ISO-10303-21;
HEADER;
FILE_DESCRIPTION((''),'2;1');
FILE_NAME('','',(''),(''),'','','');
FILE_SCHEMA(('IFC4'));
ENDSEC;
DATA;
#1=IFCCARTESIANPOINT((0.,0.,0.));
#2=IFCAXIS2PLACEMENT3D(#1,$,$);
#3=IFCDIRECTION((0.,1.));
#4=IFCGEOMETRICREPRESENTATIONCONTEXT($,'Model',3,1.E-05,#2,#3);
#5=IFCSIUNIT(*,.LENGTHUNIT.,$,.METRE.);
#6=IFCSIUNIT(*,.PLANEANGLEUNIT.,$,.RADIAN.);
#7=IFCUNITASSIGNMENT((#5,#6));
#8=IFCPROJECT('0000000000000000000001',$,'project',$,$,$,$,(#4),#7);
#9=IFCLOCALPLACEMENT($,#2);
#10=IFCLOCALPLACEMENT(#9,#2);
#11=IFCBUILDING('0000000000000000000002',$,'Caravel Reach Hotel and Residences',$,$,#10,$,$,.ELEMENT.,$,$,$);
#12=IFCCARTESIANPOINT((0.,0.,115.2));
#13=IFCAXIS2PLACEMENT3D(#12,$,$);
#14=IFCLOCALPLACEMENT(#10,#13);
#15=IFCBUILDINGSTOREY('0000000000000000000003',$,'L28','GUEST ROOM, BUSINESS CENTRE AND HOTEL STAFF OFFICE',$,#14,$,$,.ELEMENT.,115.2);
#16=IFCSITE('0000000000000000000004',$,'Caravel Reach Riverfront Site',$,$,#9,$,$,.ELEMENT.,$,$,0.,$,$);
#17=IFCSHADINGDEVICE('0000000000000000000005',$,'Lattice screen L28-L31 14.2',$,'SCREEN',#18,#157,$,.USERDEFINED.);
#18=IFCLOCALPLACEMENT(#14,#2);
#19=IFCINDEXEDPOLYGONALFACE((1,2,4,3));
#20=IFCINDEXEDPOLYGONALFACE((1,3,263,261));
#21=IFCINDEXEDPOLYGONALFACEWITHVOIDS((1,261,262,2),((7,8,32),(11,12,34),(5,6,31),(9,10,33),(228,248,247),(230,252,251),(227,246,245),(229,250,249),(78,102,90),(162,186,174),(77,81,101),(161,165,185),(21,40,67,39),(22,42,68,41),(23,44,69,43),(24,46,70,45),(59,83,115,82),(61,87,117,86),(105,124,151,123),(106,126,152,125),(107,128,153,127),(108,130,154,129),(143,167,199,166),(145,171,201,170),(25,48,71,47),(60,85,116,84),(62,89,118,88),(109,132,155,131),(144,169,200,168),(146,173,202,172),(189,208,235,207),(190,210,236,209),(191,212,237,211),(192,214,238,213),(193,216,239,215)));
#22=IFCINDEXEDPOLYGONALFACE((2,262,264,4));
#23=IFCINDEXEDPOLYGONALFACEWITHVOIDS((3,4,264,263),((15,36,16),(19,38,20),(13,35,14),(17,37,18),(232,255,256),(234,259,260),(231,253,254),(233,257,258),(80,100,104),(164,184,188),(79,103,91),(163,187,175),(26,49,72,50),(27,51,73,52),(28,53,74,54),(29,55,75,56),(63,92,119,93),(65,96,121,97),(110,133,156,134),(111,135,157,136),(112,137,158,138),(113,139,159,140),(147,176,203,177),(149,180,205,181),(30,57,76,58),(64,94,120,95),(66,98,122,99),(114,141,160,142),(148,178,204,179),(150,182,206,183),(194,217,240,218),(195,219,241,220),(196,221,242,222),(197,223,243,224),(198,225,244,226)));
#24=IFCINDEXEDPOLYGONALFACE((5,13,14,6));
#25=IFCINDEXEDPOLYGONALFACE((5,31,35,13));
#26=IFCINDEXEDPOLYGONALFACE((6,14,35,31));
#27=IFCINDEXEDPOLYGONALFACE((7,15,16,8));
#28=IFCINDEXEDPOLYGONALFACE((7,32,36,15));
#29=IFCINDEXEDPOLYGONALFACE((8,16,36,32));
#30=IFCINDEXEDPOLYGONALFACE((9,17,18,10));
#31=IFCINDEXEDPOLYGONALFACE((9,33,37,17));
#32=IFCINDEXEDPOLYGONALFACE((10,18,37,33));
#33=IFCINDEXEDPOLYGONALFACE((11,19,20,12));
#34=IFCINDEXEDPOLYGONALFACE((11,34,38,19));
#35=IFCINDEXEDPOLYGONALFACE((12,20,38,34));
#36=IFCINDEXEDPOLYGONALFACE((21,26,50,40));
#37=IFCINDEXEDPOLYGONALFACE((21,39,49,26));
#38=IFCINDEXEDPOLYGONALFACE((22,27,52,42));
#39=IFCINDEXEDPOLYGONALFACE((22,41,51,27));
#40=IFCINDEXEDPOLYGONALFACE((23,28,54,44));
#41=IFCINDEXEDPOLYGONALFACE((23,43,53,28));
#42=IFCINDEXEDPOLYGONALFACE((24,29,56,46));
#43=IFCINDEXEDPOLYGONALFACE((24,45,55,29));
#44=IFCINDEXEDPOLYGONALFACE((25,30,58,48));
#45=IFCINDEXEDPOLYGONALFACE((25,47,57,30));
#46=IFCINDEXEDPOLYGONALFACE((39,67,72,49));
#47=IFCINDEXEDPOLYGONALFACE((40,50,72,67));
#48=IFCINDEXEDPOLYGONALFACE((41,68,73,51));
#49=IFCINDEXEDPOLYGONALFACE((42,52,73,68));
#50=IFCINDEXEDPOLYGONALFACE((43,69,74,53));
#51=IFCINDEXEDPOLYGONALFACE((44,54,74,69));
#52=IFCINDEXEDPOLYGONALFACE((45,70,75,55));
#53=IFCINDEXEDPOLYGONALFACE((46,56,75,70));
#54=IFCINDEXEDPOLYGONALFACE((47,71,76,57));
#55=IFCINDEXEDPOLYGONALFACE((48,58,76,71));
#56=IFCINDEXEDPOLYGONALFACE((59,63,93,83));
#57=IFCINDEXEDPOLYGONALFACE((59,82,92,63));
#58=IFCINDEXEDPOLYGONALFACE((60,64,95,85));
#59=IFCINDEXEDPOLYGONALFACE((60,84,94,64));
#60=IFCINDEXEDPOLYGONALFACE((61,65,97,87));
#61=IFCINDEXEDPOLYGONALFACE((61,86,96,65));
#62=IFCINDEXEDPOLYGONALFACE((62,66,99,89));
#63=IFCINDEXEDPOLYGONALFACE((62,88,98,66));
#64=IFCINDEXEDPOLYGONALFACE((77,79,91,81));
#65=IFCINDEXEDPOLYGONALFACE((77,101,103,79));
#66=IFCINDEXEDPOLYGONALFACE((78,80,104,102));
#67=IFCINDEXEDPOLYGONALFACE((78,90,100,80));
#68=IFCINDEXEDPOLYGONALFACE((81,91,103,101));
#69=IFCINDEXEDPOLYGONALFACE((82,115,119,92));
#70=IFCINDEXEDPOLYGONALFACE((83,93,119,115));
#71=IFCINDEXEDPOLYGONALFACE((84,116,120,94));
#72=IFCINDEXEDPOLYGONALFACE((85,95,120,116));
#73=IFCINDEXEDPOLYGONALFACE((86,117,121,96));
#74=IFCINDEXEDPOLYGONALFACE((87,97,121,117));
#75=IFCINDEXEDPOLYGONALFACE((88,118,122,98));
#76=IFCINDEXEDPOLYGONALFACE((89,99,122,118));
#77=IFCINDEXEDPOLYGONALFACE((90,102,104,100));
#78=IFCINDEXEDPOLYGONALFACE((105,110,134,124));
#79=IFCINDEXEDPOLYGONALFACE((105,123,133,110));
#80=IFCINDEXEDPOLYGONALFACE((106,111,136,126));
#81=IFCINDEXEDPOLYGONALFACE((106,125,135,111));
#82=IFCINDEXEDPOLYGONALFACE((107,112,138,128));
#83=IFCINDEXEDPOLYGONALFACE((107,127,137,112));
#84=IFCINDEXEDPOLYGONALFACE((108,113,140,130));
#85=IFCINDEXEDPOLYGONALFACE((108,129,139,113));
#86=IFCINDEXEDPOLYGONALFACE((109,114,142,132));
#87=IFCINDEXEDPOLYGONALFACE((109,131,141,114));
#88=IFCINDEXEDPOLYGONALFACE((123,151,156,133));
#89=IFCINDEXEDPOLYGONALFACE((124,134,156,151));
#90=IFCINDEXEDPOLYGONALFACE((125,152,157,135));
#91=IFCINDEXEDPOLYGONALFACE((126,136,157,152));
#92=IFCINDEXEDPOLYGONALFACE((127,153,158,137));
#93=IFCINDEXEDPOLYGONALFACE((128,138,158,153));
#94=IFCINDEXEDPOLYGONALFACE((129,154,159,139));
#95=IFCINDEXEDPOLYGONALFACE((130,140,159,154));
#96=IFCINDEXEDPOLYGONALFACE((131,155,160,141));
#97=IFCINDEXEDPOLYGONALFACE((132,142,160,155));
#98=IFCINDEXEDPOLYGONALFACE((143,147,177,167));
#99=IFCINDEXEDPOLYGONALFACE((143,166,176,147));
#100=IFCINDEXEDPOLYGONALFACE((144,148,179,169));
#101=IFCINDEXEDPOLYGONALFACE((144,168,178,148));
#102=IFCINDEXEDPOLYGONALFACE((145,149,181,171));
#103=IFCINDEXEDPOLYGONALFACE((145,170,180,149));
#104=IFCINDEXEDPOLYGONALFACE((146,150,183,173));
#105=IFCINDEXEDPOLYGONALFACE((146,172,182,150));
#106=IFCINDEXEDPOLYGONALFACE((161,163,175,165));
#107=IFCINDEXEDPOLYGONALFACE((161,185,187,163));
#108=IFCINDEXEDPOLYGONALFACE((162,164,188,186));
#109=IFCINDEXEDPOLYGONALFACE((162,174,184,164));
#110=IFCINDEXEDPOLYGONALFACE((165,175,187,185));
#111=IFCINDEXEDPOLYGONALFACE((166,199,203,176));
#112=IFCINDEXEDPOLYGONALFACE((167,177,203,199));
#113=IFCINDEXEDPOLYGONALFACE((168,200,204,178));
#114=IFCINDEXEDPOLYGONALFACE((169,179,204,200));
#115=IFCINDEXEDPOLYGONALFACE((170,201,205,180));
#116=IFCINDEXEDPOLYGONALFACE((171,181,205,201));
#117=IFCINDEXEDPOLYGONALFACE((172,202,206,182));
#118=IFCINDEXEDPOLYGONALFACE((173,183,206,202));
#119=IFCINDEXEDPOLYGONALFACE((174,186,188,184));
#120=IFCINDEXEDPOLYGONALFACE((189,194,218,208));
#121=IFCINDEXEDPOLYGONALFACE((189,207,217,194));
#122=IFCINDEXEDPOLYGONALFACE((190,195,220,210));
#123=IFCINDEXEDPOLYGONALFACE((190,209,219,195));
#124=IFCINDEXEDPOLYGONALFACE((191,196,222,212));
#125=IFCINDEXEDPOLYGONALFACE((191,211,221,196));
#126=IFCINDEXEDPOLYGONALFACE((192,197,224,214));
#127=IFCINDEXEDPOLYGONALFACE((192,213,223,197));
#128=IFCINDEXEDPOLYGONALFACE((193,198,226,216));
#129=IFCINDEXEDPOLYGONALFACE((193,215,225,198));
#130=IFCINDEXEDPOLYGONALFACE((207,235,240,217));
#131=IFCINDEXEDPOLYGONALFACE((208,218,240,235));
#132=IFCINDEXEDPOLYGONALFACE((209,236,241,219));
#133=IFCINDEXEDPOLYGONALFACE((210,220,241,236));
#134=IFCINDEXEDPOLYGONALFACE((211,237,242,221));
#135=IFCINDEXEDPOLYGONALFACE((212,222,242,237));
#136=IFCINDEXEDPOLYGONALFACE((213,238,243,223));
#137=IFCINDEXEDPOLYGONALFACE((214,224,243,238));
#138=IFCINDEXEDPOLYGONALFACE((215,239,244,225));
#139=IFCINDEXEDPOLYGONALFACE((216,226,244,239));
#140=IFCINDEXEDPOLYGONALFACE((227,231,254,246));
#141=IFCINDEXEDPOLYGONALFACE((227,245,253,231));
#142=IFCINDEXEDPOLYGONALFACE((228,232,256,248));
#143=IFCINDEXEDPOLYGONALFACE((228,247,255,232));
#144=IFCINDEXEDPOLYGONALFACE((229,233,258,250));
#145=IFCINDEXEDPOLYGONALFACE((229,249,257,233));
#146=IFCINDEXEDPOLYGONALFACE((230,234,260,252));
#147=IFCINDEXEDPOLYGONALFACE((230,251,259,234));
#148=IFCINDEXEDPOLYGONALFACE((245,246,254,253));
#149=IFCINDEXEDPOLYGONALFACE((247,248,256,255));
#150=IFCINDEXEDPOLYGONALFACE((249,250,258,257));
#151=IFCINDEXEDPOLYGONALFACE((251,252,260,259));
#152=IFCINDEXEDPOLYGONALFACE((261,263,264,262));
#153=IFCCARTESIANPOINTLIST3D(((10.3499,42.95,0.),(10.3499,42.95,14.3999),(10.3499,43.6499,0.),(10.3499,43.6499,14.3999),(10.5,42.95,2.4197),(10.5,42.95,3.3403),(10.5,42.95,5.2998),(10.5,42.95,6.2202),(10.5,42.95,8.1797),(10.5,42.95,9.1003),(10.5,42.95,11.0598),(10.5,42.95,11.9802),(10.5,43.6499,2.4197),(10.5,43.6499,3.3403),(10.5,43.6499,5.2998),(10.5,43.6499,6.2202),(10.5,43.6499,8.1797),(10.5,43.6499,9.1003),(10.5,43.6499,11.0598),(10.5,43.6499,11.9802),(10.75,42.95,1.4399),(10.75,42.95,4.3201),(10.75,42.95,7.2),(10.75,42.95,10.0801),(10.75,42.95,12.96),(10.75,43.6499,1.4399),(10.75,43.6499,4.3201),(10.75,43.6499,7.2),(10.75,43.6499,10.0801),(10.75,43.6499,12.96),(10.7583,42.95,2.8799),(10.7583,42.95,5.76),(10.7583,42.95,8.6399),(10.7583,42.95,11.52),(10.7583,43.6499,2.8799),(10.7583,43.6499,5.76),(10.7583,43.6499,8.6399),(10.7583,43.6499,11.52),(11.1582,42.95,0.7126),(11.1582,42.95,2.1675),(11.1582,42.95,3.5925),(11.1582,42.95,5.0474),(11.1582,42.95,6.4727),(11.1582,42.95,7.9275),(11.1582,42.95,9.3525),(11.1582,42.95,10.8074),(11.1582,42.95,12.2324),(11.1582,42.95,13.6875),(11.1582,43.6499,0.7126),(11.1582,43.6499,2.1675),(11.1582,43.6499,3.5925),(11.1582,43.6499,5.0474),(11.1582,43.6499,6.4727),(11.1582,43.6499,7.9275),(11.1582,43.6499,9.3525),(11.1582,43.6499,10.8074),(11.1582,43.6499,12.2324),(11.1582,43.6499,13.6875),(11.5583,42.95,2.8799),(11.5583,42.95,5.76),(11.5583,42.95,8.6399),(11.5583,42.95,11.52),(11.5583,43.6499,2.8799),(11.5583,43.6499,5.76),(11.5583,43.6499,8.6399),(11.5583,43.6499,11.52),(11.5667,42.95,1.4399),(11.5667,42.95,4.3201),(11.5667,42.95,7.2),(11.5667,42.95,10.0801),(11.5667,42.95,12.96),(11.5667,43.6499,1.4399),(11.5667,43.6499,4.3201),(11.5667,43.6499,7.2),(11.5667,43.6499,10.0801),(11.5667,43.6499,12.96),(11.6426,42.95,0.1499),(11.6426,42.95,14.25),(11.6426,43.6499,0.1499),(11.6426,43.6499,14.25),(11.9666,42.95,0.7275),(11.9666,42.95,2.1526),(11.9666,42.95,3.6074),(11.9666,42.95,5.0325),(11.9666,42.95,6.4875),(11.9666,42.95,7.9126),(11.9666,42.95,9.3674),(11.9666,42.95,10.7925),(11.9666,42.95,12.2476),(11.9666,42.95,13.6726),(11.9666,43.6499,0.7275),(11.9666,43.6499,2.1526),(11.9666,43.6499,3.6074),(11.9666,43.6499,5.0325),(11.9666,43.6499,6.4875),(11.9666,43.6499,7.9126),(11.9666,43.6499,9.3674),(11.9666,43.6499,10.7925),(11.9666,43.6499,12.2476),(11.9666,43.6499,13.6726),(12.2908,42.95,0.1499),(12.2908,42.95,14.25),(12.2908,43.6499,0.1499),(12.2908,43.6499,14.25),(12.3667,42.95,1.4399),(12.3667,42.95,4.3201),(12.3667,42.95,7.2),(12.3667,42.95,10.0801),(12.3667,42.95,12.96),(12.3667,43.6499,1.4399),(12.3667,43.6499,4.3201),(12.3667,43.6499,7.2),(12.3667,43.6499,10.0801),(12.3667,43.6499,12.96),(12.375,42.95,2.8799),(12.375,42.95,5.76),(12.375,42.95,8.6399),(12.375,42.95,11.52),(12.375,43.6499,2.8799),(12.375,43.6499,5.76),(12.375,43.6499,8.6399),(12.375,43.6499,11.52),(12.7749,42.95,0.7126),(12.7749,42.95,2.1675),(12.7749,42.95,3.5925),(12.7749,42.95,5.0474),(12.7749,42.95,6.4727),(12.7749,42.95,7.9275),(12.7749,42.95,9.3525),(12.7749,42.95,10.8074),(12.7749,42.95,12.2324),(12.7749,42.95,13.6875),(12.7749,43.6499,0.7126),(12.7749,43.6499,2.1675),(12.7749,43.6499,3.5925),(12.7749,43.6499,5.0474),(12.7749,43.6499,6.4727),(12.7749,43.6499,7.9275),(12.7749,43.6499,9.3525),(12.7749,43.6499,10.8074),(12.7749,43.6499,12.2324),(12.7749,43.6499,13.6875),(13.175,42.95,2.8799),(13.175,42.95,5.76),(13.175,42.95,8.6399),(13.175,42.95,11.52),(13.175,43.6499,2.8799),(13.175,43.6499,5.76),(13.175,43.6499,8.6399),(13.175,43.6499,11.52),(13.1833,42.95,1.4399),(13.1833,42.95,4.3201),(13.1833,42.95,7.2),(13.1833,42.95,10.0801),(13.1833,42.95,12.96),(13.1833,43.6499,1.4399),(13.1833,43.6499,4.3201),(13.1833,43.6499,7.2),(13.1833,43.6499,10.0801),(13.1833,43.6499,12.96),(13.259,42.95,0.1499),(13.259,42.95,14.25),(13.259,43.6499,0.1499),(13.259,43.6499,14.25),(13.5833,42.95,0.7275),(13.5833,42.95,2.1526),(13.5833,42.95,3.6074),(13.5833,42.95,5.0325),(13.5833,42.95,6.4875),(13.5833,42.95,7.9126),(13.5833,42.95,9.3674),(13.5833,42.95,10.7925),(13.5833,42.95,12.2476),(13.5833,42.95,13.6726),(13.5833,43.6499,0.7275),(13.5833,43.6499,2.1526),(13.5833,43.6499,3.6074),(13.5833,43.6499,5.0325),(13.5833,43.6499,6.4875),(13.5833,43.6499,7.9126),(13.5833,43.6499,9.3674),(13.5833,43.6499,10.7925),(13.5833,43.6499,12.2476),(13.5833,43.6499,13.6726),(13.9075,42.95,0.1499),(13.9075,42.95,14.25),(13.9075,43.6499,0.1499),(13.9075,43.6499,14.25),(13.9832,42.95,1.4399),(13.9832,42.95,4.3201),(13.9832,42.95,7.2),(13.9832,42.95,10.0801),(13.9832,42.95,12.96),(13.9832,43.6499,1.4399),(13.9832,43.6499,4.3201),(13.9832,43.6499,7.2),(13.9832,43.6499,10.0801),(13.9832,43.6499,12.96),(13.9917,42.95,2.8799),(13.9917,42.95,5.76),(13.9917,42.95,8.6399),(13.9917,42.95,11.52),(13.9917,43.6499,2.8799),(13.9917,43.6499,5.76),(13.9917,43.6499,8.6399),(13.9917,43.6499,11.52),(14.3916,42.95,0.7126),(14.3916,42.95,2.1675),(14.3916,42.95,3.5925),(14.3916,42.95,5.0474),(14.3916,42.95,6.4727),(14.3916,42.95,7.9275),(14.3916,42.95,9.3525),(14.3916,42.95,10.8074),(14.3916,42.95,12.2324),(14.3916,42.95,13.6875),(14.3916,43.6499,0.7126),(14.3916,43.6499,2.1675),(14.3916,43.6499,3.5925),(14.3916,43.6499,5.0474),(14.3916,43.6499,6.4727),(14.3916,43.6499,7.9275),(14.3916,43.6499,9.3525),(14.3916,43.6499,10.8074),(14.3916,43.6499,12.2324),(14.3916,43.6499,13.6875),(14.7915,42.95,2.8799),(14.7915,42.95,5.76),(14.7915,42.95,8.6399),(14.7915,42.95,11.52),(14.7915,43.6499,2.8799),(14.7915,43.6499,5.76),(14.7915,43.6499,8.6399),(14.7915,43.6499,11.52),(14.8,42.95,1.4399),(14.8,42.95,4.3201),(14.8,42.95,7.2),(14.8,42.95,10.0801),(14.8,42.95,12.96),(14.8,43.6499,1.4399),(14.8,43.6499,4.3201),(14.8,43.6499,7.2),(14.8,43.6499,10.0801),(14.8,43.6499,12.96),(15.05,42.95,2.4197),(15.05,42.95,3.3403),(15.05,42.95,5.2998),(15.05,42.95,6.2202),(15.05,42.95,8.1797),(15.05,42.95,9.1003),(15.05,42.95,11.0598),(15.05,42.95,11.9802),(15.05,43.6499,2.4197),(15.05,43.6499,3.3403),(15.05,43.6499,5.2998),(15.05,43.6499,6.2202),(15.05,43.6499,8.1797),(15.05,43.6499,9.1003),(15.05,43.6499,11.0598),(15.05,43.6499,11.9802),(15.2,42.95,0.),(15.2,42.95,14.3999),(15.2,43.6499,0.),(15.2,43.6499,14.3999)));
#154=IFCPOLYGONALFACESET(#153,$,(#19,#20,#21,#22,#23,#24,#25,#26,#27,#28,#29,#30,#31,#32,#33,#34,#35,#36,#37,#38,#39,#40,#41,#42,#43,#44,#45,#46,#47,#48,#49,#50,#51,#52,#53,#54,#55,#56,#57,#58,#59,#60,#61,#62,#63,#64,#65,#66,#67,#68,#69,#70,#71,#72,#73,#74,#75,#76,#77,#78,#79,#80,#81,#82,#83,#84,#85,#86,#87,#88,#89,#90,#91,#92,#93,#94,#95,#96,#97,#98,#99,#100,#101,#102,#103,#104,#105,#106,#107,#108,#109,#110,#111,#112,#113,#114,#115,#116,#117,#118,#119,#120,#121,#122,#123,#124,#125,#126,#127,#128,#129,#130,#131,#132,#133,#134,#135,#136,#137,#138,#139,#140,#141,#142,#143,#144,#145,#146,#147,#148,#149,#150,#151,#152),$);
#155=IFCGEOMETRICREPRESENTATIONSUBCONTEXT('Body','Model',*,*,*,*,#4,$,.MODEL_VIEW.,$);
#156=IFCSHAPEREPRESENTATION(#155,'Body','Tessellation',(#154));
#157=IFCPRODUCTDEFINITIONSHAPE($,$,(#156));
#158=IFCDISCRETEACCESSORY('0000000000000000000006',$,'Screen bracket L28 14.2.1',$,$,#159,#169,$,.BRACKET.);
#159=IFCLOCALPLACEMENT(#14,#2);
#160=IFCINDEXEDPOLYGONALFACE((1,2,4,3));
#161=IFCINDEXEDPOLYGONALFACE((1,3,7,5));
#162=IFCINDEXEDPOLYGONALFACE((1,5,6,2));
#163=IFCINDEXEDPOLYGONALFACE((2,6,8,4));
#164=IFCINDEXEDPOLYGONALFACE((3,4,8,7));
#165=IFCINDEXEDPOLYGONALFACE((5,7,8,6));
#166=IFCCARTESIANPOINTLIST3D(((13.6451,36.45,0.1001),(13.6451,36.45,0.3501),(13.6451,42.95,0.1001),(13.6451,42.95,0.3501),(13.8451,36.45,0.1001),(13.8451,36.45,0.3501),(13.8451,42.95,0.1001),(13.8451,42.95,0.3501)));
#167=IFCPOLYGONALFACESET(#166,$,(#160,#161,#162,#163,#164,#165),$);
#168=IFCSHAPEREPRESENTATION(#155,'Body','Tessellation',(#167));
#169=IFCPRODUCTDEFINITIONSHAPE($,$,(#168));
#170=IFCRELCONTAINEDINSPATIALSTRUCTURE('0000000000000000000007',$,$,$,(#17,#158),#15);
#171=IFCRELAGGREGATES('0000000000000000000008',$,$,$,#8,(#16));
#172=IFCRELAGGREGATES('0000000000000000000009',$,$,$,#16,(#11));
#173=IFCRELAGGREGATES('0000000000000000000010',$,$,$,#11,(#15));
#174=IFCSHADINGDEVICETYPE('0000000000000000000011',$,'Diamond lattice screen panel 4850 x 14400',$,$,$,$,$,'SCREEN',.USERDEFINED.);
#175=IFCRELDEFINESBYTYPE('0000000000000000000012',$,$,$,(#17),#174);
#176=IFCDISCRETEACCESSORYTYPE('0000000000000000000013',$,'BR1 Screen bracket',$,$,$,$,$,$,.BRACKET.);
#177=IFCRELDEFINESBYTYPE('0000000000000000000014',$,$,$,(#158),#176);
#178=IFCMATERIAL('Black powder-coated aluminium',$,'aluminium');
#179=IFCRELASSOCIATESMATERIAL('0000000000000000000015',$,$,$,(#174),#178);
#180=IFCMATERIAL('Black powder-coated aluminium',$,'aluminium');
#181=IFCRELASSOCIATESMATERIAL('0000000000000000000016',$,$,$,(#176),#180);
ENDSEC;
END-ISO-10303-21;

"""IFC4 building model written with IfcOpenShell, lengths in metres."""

from ifc_helpers import new_model, si_unit, direction, frame, origin, origin_2d, place, context, subcontext, project, spatial, polyline, rectangle, outline, extrude, material, type_object, element, save


model = new_model("IFC4")

# Units and contexts
model_context = context("Model", 3, precision=1e-05, world=origin(), true_north=direction((0.0, 1.0)))
body_context = subcontext(model_context, "Body", "Model", "MODEL_VIEW")
ifc_project = project(units=[si_unit("LENGTHUNIT", "METRE"), si_unit("PLANEANGLEUNIT", "RADIAN")], contexts=[model_context])

# Site, building, storey
site_placement = place(None, origin())
site = spatial("IfcSite", under=ifc_project, at=site_placement, Name="Caravel Reach Riverfront Site", CompositionType="ELEMENT", RefElevation=0.0)
building_placement = place(site_placement, origin())
building = spatial("IfcBuilding", under=site, at=building_placement, Name="Caravel Reach Hotel and Residences", CompositionType="ELEMENT")
storey_placement = place(building_placement, frame((0.0, 0.0, 115.2)))
storey = spatial("IfcBuildingStorey", under=building, at=storey_placement, Name="L28", Description="GUEST ROOM, BUSINESS CENTRE AND HOTEL STAFF OFFICE", CompositionType="ELEMENT", Elevation=115.2)

# Shading device
ifc_material_1 = material(Name="Black powder-coated aluminium", Category="aluminium")
shading_device_type_1 = type_object("IfcShadingDeviceType", Name="Diamond lattice screen panel 4850 x 14400", ElementType="SCREEN", PredefinedType="USERDEFINED", material=ifc_material_1)
shading_device_1_placement = place(storey_placement, frame((15.2, 42.95, 0.0), z_axis=(0.0, 1.0, 0.0), x_axis=(-1.0, 0.0, 0.0)))
element("IfcShadingDevice", 1, at=shading_device_1_placement, inside=storey, type_object=shading_device_type_1, Name="Lattice screen L28-L31 14.2", ObjectType="SCREEN", PredefinedType="USERDEFINED", context=body_context, shape_type="SweptSolid", body=[
    extrude(outline(polyline([(0.0, 0.0), (4.8501, 0.0), (4.8501, 14.3999), (0.0, 14.3999), (0.0, 0.0)]), holes=[polyline([(0.4084, 2.8799), (0.1499, 3.3403), (0.1499, 2.4197), (0.4084, 2.8799)]), polyline([(0.4084, 5.76), (0.1499, 6.2202), (0.1499, 5.2998), (0.4084, 5.76)]), polyline([(0.4084, 8.6399), (0.1499, 9.1003), (0.1499, 8.1797), (0.4084, 8.6399)]), polyline([(0.4084, 11.52), (0.1499, 11.9802), (0.1499, 11.0598), (0.4084, 11.52)]), polyline([(0.8083, 2.1675), (0.3999, 1.4399), (0.8083, 0.7126), (1.2168, 1.4399), (0.8083, 2.1675)]), polyline([(0.8083, 5.0474), (0.3999, 4.3201), (0.8083, 3.5925), (1.2168, 4.3201), (0.8083, 5.0474)]), polyline([(0.8083, 7.9275), (0.3999, 7.2), (0.8083, 6.4727), (1.2168, 7.2), (0.8083, 7.9275)]), polyline([(0.8083, 10.8074), (0.3999, 10.0801), (0.8083, 9.3525), (1.2168, 10.0801), (0.8083, 10.8074)]), polyline([(0.8083, 13.6875), (0.3999, 12.96), (0.8083, 12.2324), (1.2168, 12.96), (0.8083, 13.6875)]), polyline([(1.6167, 0.7275), (1.2925, 0.1499), (1.9409, 0.1499), (1.6167, 0.7275)]), polyline([(1.6167, 3.6074), (1.2083, 2.8799), (1.6167, 2.1526), (2.0249, 2.8799), (1.6167, 3.6074)]), polyline([(1.6167, 6.4875), (1.2083, 5.76), (1.6167, 5.0325), (2.0249, 5.76), (1.6167, 6.4875)]), polyline([(1.6167, 9.3674), (1.2083, 8.6399), (1.6167, 7.9126), (2.0249, 8.6399), (1.6167, 9.3674)]), polyline([(1.6167, 12.2476), (1.2083, 11.52), (1.6167, 10.7925), (2.0249, 11.52), (1.6167, 12.2476)]), polyline([(1.6167, 13.6726), (1.9409, 14.25), (1.2925, 14.25), (1.6167, 13.6726)]), polyline([(2.425, 2.1675), (2.0166, 1.4399), (2.425, 0.7126), (2.8333, 1.4399), (2.425, 2.1675)]), polyline([(2.425, 5.0474), (2.0166, 4.3201), (2.425, 3.5925), (2.8333, 4.3201), (2.425, 5.0474)]), polyline([(2.425, 7.9275), (2.0166, 7.2), (2.425, 6.4727), (2.8333, 7.2), (2.425, 7.9275)]), polyline([(2.425, 10.8074), (2.0166, 10.0801), (2.425, 9.3525), (2.8333, 10.0801), (2.425, 10.8074)]), polyline([(2.425, 13.6875), (2.0166, 12.96), (2.425, 12.2324), (2.8333, 12.96), (2.425, 13.6875)]), polyline([(3.2334, 0.7275), (2.9092, 0.1499), (3.5574, 0.1499), (3.2334, 0.7275)]), polyline([(3.2334, 3.6074), (2.825, 2.8799), (3.2334, 2.1526), (3.6416, 2.8799), (3.2334, 3.6074)]), polyline([(3.2334, 6.4875), (2.825, 5.76), (3.2334, 5.0325), (3.6416, 5.76), (3.2334, 6.4875)]), polyline([(3.2334, 9.3674), (2.825, 8.6399), (3.2334, 7.9126), (3.6416, 8.6399), (3.2334, 9.3674)]), polyline([(3.2334, 12.2476), (2.825, 11.52), (3.2334, 10.7925), (3.6416, 11.52), (3.2334, 12.2476)]), polyline([(3.2334, 13.6726), (3.5574, 14.25), (2.9092, 14.25), (3.2334, 13.6726)]), polyline([(4.0417, 2.1675), (3.6333, 1.4399), (4.0417, 0.7126), (4.45, 1.4399), (4.0417, 2.1675)]), polyline([(4.0417, 5.0474), (3.6333, 4.3201), (4.0417, 3.5925), (4.45, 4.3201), (4.0417, 5.0474)]), polyline([(4.0417, 7.9275), (3.6333, 7.2), (4.0417, 6.4727), (4.45, 7.2), (4.0417, 7.9275)]), polyline([(4.0417, 10.8074), (3.6333, 10.0801), (4.0417, 9.3525), (4.45, 10.0801), (4.0417, 10.8074)]), polyline([(4.0417, 13.6875), (3.6333, 12.96), (4.0417, 12.2324), (4.45, 12.96), (4.0417, 13.6875)]), polyline([(4.4417, 2.8799), (4.7, 2.4197), (4.7, 3.3403), (4.4417, 2.8799)]), polyline([(4.4417, 5.76), (4.7, 5.2998), (4.7, 6.2202), (4.4417, 5.76)]), polyline([(4.4417, 8.6399), (4.7, 8.1797), (4.7, 9.1003), (4.4417, 8.6399)]), polyline([(4.4417, 11.52), (4.7, 11.0598), (4.7, 11.9802), (4.4417, 11.52)])]), origin(), (0.0, 0.0, 1.0), 0.7),
])

# Discrete accessory
ifc_material_2 = material(Name="Black powder-coated aluminium", Category="aluminium")
discrete_accessory_type = type_object("IfcDiscreteAccessoryType", Name="BR1 Screen bracket", PredefinedType="BRACKET", material=ifc_material_2)
discrete_accessory_1_placement = place(storey_placement, frame((13.7451, 39.7, 0.1001), z_axis=(0.0, 0.0, 1.0), x_axis=(0.0, 1.0, 0.0)))
element("IfcDiscreteAccessory", 2, at=discrete_accessory_1_placement, inside=storey, type_object=discrete_accessory_type, Name="Screen bracket L28 14.2.1", PredefinedType="BRACKET", context=body_context, shape_type="SweptSolid", body=[
    extrude(rectangle(XDim=6.5, YDim=0.2, at=origin_2d()), origin(), (0.0, 0.0, 1.0), 0.25),
])

save(model, "model.ifc")
